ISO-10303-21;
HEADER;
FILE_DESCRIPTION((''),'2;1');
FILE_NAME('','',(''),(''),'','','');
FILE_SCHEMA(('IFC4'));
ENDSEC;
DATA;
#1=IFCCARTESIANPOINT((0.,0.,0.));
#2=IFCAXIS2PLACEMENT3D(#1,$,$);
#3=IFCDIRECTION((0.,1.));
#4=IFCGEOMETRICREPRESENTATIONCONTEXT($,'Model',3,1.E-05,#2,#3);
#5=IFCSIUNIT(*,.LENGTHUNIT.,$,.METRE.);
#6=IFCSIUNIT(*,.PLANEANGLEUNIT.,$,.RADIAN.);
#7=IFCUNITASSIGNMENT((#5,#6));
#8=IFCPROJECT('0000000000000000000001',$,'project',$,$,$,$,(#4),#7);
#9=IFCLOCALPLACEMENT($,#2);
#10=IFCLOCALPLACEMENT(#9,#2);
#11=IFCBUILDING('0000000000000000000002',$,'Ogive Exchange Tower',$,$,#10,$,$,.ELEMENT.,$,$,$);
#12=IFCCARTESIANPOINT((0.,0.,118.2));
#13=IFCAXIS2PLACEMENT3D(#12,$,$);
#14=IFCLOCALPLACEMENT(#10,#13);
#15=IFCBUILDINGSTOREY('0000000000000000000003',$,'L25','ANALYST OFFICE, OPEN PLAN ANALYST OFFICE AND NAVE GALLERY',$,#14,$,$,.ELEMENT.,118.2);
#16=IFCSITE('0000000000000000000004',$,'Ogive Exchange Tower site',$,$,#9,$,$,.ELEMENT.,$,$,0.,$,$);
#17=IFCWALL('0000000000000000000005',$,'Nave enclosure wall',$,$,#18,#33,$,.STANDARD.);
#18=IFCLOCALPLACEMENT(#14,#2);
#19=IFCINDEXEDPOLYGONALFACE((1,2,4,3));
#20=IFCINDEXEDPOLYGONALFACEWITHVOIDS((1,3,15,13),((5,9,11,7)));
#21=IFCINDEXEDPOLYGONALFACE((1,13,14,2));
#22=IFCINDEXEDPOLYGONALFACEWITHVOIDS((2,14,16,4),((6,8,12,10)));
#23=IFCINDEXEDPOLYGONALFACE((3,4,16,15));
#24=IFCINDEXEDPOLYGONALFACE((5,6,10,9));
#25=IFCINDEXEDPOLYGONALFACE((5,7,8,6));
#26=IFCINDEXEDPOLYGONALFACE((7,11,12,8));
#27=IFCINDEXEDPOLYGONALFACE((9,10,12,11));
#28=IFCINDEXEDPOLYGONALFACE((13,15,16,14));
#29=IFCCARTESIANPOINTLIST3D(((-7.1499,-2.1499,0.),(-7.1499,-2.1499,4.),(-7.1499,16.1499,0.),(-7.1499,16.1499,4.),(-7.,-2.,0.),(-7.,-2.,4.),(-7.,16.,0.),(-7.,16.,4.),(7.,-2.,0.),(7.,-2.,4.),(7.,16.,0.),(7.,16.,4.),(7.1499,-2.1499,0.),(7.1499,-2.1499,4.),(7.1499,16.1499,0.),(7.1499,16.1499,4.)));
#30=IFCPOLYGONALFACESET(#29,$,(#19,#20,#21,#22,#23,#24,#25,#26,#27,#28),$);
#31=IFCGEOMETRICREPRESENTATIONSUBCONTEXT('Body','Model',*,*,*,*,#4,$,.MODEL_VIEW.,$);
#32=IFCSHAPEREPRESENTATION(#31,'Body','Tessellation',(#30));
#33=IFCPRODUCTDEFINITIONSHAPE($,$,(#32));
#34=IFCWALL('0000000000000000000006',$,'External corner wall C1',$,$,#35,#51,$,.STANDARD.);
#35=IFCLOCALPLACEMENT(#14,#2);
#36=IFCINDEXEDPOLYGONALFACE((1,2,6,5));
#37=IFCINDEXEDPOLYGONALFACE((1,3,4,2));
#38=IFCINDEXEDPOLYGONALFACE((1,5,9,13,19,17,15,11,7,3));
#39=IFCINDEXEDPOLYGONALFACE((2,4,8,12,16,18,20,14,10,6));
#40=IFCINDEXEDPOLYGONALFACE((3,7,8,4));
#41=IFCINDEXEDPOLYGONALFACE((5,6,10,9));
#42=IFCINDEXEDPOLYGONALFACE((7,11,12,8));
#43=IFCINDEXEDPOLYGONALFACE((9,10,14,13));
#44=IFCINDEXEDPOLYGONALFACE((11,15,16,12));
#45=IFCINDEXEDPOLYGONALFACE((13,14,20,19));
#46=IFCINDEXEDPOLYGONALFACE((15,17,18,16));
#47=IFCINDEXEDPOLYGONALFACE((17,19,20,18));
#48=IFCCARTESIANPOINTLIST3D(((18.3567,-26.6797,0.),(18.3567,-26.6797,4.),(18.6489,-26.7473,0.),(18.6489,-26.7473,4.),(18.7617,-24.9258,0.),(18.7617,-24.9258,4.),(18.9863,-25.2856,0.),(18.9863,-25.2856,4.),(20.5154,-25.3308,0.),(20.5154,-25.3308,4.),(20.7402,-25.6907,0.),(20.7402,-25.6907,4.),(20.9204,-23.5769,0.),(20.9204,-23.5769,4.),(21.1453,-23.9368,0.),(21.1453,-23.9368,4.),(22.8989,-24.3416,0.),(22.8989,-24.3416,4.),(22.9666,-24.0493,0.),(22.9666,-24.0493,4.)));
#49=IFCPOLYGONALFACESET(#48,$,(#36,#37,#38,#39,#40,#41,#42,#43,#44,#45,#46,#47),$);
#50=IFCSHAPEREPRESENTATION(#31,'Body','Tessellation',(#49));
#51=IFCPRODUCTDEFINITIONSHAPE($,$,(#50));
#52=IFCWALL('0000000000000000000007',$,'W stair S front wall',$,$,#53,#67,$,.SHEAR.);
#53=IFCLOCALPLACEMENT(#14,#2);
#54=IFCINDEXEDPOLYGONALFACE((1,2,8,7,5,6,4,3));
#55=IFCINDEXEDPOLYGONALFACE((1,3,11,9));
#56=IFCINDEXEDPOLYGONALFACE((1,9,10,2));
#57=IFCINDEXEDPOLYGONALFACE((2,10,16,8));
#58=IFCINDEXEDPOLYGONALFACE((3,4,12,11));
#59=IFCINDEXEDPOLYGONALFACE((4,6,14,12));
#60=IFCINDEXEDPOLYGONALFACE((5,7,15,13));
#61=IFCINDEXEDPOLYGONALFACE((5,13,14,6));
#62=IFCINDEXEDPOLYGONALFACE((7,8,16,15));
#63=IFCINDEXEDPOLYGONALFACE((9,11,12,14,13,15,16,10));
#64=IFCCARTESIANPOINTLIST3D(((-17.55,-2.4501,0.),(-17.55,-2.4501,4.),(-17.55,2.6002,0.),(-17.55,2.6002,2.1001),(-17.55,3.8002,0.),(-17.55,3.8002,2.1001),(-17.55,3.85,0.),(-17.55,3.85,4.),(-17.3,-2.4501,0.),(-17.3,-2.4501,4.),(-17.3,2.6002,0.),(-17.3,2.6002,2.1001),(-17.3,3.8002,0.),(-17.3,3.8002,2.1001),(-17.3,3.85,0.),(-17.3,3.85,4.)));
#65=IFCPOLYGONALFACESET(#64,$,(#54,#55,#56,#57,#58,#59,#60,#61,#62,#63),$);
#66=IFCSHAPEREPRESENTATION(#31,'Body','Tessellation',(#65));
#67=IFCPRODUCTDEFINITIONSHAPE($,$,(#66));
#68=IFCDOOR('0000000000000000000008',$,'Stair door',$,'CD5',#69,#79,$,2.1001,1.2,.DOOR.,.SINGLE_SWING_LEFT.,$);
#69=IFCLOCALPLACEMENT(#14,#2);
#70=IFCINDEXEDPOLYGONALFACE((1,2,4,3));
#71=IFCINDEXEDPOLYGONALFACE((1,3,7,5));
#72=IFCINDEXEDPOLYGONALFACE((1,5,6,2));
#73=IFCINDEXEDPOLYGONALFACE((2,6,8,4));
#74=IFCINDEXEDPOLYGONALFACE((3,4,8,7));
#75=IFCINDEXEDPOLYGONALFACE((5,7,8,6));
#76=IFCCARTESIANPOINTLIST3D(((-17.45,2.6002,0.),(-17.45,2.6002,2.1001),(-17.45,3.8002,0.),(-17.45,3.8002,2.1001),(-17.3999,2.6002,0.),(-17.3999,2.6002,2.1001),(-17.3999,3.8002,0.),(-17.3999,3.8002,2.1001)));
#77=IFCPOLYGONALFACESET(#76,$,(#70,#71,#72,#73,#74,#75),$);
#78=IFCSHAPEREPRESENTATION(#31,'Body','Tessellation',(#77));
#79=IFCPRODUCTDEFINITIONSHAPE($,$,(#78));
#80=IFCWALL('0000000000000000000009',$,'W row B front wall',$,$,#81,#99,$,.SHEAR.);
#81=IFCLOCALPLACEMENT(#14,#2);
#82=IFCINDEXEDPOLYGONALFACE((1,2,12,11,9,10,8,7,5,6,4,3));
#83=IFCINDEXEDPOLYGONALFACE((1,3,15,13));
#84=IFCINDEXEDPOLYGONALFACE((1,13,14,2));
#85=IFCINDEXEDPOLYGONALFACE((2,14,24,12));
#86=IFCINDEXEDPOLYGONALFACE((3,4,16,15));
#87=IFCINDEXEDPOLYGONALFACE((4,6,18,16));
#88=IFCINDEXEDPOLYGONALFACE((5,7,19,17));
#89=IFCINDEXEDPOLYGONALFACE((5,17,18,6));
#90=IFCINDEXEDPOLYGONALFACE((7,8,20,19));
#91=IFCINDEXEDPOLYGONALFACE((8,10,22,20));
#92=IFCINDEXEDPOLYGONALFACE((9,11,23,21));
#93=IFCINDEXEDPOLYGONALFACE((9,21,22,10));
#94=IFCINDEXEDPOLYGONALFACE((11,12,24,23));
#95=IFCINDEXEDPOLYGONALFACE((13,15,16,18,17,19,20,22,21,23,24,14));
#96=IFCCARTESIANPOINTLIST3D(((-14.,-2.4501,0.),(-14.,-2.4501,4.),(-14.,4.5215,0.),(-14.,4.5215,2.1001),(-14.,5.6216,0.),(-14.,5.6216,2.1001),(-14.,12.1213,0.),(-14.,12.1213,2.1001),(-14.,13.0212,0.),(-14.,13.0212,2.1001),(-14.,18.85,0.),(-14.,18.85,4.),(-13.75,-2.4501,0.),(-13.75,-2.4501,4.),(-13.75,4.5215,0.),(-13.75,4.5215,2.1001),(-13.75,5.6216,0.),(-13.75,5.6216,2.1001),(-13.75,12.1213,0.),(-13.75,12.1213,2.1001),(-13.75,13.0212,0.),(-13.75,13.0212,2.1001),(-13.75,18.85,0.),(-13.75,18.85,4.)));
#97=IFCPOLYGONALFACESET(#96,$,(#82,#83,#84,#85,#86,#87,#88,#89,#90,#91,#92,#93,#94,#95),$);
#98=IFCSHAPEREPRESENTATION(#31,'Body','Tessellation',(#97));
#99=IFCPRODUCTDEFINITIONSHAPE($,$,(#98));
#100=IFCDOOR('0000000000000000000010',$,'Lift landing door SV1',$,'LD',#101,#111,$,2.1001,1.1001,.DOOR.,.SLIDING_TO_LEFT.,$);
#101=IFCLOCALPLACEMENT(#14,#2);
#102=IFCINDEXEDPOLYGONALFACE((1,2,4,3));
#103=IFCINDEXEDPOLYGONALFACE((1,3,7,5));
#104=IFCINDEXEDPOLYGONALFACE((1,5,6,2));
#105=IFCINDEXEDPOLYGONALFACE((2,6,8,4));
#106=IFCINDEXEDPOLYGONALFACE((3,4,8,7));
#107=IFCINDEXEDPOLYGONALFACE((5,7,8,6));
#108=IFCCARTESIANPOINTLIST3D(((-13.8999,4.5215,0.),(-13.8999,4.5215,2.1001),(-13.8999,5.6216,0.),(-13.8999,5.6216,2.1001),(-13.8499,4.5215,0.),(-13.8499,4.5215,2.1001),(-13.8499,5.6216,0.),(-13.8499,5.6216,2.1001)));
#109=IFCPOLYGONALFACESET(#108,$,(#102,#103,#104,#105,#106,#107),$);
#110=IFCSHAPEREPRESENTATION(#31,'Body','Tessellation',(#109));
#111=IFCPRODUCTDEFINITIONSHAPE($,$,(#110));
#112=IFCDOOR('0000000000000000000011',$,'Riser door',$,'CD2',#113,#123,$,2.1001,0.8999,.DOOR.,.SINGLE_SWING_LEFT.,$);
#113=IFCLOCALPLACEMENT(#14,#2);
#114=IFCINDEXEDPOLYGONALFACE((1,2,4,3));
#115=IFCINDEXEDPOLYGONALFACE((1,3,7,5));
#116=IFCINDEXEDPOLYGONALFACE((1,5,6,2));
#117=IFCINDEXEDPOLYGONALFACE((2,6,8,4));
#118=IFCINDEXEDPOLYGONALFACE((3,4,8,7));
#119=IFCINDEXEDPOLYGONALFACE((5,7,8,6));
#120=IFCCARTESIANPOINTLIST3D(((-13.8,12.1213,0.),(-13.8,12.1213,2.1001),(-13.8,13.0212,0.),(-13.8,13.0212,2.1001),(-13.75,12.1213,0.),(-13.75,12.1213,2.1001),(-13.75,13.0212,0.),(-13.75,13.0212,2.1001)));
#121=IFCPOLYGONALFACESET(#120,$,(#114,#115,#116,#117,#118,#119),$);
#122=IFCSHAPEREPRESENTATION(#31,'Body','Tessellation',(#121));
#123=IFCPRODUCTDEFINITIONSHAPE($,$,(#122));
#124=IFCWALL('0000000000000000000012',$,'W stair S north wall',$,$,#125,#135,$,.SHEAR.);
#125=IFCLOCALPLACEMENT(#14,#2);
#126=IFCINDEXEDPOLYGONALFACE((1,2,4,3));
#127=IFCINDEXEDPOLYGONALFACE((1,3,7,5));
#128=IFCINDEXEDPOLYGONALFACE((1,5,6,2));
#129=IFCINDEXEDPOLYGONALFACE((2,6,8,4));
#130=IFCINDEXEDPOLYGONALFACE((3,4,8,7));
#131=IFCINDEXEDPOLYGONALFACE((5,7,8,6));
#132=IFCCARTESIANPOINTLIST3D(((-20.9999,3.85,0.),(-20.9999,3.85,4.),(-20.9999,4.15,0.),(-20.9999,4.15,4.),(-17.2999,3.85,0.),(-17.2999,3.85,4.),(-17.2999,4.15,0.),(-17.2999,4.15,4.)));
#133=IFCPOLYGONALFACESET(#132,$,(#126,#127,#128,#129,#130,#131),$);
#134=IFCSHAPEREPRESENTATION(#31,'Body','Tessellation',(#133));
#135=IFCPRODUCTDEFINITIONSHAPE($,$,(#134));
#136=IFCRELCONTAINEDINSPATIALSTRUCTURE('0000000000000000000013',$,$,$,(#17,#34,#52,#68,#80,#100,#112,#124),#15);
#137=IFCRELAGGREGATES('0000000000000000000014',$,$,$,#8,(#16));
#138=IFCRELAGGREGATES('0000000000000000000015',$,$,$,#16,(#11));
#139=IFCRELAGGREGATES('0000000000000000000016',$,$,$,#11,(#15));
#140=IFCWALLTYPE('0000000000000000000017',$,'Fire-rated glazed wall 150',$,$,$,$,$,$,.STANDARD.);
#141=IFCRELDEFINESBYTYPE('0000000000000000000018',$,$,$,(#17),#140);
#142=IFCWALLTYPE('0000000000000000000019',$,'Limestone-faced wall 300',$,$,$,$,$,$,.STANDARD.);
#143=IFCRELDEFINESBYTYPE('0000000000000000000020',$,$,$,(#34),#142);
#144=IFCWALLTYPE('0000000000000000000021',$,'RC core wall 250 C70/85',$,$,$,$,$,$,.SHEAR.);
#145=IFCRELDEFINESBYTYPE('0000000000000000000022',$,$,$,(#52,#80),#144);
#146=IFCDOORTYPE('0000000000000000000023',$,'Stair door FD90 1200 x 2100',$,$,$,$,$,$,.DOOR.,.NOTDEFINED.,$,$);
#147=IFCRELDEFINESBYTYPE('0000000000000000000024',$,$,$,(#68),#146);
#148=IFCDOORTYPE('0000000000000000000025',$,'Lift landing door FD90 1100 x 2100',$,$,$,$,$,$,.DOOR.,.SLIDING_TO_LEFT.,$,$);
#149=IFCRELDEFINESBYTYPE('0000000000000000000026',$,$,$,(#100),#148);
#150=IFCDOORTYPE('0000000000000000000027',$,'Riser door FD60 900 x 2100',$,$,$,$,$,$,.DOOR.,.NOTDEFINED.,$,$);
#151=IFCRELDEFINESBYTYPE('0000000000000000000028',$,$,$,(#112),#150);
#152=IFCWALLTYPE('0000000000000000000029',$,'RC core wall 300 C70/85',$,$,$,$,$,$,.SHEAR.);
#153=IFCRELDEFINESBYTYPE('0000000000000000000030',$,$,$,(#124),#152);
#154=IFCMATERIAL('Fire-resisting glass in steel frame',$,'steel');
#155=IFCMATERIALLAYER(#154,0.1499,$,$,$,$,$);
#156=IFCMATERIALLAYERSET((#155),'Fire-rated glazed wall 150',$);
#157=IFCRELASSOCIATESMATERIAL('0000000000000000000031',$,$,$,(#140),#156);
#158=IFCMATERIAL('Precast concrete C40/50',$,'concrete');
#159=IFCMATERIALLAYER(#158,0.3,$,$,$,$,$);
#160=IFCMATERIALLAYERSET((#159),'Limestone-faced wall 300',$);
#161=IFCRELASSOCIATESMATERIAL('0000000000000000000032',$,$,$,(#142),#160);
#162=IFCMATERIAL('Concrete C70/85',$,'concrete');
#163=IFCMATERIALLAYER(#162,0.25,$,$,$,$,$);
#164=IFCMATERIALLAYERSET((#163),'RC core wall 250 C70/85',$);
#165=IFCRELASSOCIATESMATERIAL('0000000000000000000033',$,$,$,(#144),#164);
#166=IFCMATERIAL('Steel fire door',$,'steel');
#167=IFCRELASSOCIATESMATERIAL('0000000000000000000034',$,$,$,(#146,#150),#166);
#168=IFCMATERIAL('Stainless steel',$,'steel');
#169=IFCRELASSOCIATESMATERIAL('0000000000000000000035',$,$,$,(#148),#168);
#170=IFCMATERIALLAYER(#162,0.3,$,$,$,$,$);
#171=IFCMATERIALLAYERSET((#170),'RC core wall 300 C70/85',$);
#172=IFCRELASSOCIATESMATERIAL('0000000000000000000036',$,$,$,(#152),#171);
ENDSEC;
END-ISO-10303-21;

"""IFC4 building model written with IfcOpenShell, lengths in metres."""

from ifc_helpers import new_model, si_unit, direction, frame, frame_2d, origin, place, context, subcontext, project, spatial, polyline, rectangle, outline, extrude, material, layer, layer_set, type_object, element, fill, save


model = new_model("IFC4")

# Units and contexts
model_context = context("Model", 3, precision=1e-05, world=origin(), true_north=direction((0.0, 1.0)))
body_context = subcontext(model_context, "Body", "Model", "MODEL_VIEW")
ifc_project = project(units=[si_unit("LENGTHUNIT", "METRE"), si_unit("PLANEANGLEUNIT", "RADIAN")], contexts=[model_context])

# Site, building, storey
site_placement = place(None, origin())
site = spatial("IfcSite", under=ifc_project, at=site_placement, Name="Ogive Exchange Tower site", CompositionType="ELEMENT", RefElevation=0.0)
building_placement = place(site_placement, origin())
building = spatial("IfcBuilding", under=site, at=building_placement, Name="Ogive Exchange Tower", CompositionType="ELEMENT")
storey_placement = place(building_placement, frame((0.0, 0.0, 118.2)))
storey = spatial("IfcBuildingStorey", under=building, at=storey_placement, Name="L25", Description="ANALYST OFFICE, OPEN PLAN ANALYST OFFICE AND NAVE GALLERY", CompositionType="ELEMENT", Elevation=118.2)

# Walls
ifc_material_1 = material(Name="Fire-resisting glass in steel frame", Category="steel")
ifc_layer_1 = layer(ifc_material_1, 0.1499)
ifc_layer_set_1 = layer_set([ifc_layer_1], Name="Fire-rated glazed wall 150")
wall_type_1 = type_object("IfcWallType", Name="Fire-rated glazed wall 150", PredefinedType="STANDARD", material=ifc_layer_set_1)
wall_1_placement = place(storey_placement, origin())
element("IfcWall", 1, at=wall_1_placement, inside=storey, type_object=wall_type_1, Name="Nave enclosure wall", PredefinedType="STANDARD", context=body_context, shape_type="SweptSolid", body=[
    extrude(outline(polyline([(-7.1499, -2.1499), (7.1499, -2.1499), (7.1499, 16.1499), (-7.1499, 16.1499), (-7.1499, -2.1499)]), holes=[polyline([(-7.0, -2.0), (-7.0, 16.0), (7.0, 16.0), (7.0, -2.0), (-7.0, -2.0)])]), origin(), (0.0, 0.0, 1.0), 4.0),
])
ifc_material_2 = material(Name="Precast concrete C40/50", Category="concrete")
ifc_layer_2 = layer(ifc_material_2, 0.3)
ifc_layer_set_2 = layer_set([ifc_layer_2], Name="Limestone-faced wall 300")
wall_type_2 = type_object("IfcWallType", Name="Limestone-faced wall 300", PredefinedType="STANDARD", material=ifc_layer_set_2)
wall_2_placement = place(storey_placement, origin())
element("IfcWall", 2, at=wall_2_placement, inside=storey, type_object=wall_type_2, Name="External corner wall C1", PredefinedType="STANDARD", context=body_context, shape_type="SweptSolid", body=[
    extrude(outline(polyline([(20.5154, -25.3308), (20.9204, -23.5769), (22.9666, -24.0493), (22.8989, -24.3416), (21.1453, -23.9368), (20.7402, -25.6907), (18.9863, -25.2856), (18.6489, -26.7473), (18.3567, -26.6797), (18.7617, -24.9258), (20.5154, -25.3308)])), origin(), (0.0, 0.0, 1.0), 4.0),
])

# Wall, opening, door
ifc_material_3 = material(Name="Concrete C70/85", Category="concrete")
ifc_layer_3 = layer(ifc_material_3, 0.25)
ifc_layer_set_3 = layer_set([ifc_layer_3], Name="RC core wall 250 C70/85")
wall_type_3 = type_object("IfcWallType", Name="RC core wall 250 C70/85", PredefinedType="SHEAR", material=ifc_layer_set_3)
wall_3_placement = place(storey_placement, frame((-17.425, -2.45, 0.0), z_axis=(0.0, 0.0, 1.0), x_axis=(0.0, 1.0, 0.0)))
wall_3 = element("IfcWall", 3, at=wall_3_placement, inside=storey, type_object=wall_type_3, Name="W stair S front wall", PredefinedType="SHEAR", context=body_context, shape_type="SweptSolid", body=[
    extrude(rectangle(XDim=6.3, YDim=0.25, at=frame_2d((3.1499, 0.0))), origin(), (0.0, 0.0, 1.0), 4.0),
])
opening_1_placement = place(wall_3_placement, frame((5.05, 0.0, 0.0)))
opening_1 = element("IfcOpeningElement", 4, at=opening_1_placement, cuts=wall_3, PredefinedType="OPENING", context=body_context, shape_type="SweptSolid", body=[
    extrude(rectangle(XDim=1.2, YDim=2.1001, at=frame_2d((0.6001, 1.05))), frame((0.0, 0.135, 0.0), z_axis=(0.0, -1.0, 0.0), x_axis=(1.0, 0.0, 0.0)), (0.0, 0.0, 1.0), 0.27),
])
ifc_material_4 = material(Name="Steel fire door", Category="steel")
door_type_1 = type_object("IfcDoorType", Name="Stair door FD90 1200 x 2100", OperationType="NOTDEFINED", PredefinedType="DOOR", material=ifc_material_4)
door_1_placement = place(opening_1_placement, origin())
door_1 = element("IfcDoor", 5, at=door_1_placement, inside=storey, type_object=door_type_1, Name="Stair door", ObjectType="CD5", OperationType="SINGLE_SWING_LEFT", OverallHeight=2.1001, OverallWidth=1.2, PredefinedType="DOOR", context=body_context, shape_type="SweptSolid", body=[
    extrude(rectangle(XDim=1.2, YDim=2.1001, at=frame_2d((0.6001, 1.05))), frame((0.0, 0.0249, 0.0), z_axis=(0.0, -1.0, 0.0), x_axis=(1.0, 0.0, 0.0)), (0.0, 0.0, 1.0), 0.05),
])
fill(opening_1, door_1)

# Wall, openings, doors
wall_4_placement = place(storey_placement, frame((-13.875, -2.45, 0.0), z_axis=(0.0, 0.0, 1.0), x_axis=(0.0, 1.0, 0.0)))
wall_4 = element("IfcWall", 6, at=wall_4_placement, inside=storey, type_object=wall_type_3, Name="W row B front wall", PredefinedType="SHEAR", context=body_context, shape_type="SweptSolid", body=[
    extrude(rectangle(XDim=21.3, YDim=0.25, at=frame_2d((10.6499, 0.0))), origin(), (0.0, 0.0, 1.0), 4.0),
])
opening_2_placement = place(wall_4_placement, frame((14.5713, 0.0, 0.0)))
opening_2 = element("IfcOpeningElement", 7, at=opening_2_placement, cuts=wall_4, PredefinedType="OPENING", context=body_context, shape_type="SweptSolid", body=[
    extrude(rectangle(XDim=0.8999, YDim=2.1001, at=frame_2d((0.45, 1.05))), frame((0.0, 0.135, 0.0), z_axis=(0.0, -1.0, 0.0), x_axis=(1.0, 0.0, 0.0)), (0.0, 0.0, 1.0), 0.27),
])
opening_3_placement = place(wall_4_placement, frame((6.9714, 0.0, 0.0)))
opening_3 = element("IfcOpeningElement", 8, at=opening_3_placement, cuts=wall_4, PredefinedType="OPENING", context=body_context, shape_type="SweptSolid", body=[
    extrude(rectangle(XDim=1.1001, YDim=2.1001, at=frame_2d((0.55, 1.05))), frame((0.0, 0.135, 0.0), z_axis=(0.0, -1.0, 0.0), x_axis=(1.0, 0.0, 0.0)), (0.0, 0.0, 1.0), 0.27),
])
ifc_material_5 = material(Name="Stainless steel", Category="steel")
door_type_2 = type_object("IfcDoorType", Name="Lift landing door FD90 1100 x 2100", OperationType="SLIDING_TO_LEFT", PredefinedType="DOOR", material=ifc_material_5)
door_2_placement = place(opening_3_placement, origin())
door_2 = element("IfcDoor", 9, at=door_2_placement, inside=storey, type_object=door_type_2, Name="Lift landing door SV1", ObjectType="LD", OperationType="SLIDING_TO_LEFT", OverallHeight=2.1001, OverallWidth=1.1001, PredefinedType="DOOR", context=body_context, shape_type="SweptSolid", body=[
    extrude(rectangle(XDim=1.1001, YDim=2.1001, at=frame_2d((0.55, 1.05))), frame((0.0, 0.0249, 0.0), z_axis=(0.0, -1.0, 0.0), x_axis=(1.0, 0.0, 0.0)), (0.0, 0.0, 1.0), 0.05),
])
fill(opening_3, door_2)
door_type_3 = type_object("IfcDoorType", Name="Riser door FD60 900 x 2100", OperationType="NOTDEFINED", PredefinedType="DOOR", material=ifc_material_4)
door_3_placement = place(opening_2_placement, frame((0.8999, -0.2002, 0.0), z_axis=(0.0, 0.0, 1.0), x_axis=(-1.0, 0.0, 0.0)))
door_3 = element("IfcDoor", 10, at=door_3_placement, inside=storey, type_object=door_type_3, Name="Riser door", ObjectType="CD2", OperationType="SINGLE_SWING_LEFT", OverallHeight=2.1001, OverallWidth=0.8999, PredefinedType="DOOR", context=body_context, shape_type="SweptSolid", body=[
    extrude(rectangle(XDim=0.8999, YDim=2.1001, at=frame_2d((0.45, 1.05))), frame((0.0, -0.0752, 0.0), z_axis=(0.0, -1.0, 0.0), x_axis=(1.0, 0.0, 0.0)), (0.0, 0.0, 1.0), 0.05),
])
fill(opening_2, door_3)

# Wall
ifc_layer_4 = layer(ifc_material_3, 0.3)
ifc_layer_set_4 = layer_set([ifc_layer_4], Name="RC core wall 300 C70/85")
wall_type_4 = type_object("IfcWallType", Name="RC core wall 300 C70/85", PredefinedType="SHEAR", material=ifc_layer_set_4)
wall_5_placement = place(storey_placement, frame((-21.0, 4.0, 0.0), z_axis=(0.0, 0.0, 1.0), x_axis=(1.0, 0.0, 0.0)))
element("IfcWall", 11, at=wall_5_placement, inside=storey, type_object=wall_type_4, Name="W stair S north wall", PredefinedType="SHEAR", context=body_context, shape_type="SweptSolid", body=[
    extrude(rectangle(XDim=3.7, YDim=0.3, at=frame_2d((1.8501, 0.0))), origin(), (0.0, 0.0, 1.0), 4.0),
])

save(model, "model.ifc")
